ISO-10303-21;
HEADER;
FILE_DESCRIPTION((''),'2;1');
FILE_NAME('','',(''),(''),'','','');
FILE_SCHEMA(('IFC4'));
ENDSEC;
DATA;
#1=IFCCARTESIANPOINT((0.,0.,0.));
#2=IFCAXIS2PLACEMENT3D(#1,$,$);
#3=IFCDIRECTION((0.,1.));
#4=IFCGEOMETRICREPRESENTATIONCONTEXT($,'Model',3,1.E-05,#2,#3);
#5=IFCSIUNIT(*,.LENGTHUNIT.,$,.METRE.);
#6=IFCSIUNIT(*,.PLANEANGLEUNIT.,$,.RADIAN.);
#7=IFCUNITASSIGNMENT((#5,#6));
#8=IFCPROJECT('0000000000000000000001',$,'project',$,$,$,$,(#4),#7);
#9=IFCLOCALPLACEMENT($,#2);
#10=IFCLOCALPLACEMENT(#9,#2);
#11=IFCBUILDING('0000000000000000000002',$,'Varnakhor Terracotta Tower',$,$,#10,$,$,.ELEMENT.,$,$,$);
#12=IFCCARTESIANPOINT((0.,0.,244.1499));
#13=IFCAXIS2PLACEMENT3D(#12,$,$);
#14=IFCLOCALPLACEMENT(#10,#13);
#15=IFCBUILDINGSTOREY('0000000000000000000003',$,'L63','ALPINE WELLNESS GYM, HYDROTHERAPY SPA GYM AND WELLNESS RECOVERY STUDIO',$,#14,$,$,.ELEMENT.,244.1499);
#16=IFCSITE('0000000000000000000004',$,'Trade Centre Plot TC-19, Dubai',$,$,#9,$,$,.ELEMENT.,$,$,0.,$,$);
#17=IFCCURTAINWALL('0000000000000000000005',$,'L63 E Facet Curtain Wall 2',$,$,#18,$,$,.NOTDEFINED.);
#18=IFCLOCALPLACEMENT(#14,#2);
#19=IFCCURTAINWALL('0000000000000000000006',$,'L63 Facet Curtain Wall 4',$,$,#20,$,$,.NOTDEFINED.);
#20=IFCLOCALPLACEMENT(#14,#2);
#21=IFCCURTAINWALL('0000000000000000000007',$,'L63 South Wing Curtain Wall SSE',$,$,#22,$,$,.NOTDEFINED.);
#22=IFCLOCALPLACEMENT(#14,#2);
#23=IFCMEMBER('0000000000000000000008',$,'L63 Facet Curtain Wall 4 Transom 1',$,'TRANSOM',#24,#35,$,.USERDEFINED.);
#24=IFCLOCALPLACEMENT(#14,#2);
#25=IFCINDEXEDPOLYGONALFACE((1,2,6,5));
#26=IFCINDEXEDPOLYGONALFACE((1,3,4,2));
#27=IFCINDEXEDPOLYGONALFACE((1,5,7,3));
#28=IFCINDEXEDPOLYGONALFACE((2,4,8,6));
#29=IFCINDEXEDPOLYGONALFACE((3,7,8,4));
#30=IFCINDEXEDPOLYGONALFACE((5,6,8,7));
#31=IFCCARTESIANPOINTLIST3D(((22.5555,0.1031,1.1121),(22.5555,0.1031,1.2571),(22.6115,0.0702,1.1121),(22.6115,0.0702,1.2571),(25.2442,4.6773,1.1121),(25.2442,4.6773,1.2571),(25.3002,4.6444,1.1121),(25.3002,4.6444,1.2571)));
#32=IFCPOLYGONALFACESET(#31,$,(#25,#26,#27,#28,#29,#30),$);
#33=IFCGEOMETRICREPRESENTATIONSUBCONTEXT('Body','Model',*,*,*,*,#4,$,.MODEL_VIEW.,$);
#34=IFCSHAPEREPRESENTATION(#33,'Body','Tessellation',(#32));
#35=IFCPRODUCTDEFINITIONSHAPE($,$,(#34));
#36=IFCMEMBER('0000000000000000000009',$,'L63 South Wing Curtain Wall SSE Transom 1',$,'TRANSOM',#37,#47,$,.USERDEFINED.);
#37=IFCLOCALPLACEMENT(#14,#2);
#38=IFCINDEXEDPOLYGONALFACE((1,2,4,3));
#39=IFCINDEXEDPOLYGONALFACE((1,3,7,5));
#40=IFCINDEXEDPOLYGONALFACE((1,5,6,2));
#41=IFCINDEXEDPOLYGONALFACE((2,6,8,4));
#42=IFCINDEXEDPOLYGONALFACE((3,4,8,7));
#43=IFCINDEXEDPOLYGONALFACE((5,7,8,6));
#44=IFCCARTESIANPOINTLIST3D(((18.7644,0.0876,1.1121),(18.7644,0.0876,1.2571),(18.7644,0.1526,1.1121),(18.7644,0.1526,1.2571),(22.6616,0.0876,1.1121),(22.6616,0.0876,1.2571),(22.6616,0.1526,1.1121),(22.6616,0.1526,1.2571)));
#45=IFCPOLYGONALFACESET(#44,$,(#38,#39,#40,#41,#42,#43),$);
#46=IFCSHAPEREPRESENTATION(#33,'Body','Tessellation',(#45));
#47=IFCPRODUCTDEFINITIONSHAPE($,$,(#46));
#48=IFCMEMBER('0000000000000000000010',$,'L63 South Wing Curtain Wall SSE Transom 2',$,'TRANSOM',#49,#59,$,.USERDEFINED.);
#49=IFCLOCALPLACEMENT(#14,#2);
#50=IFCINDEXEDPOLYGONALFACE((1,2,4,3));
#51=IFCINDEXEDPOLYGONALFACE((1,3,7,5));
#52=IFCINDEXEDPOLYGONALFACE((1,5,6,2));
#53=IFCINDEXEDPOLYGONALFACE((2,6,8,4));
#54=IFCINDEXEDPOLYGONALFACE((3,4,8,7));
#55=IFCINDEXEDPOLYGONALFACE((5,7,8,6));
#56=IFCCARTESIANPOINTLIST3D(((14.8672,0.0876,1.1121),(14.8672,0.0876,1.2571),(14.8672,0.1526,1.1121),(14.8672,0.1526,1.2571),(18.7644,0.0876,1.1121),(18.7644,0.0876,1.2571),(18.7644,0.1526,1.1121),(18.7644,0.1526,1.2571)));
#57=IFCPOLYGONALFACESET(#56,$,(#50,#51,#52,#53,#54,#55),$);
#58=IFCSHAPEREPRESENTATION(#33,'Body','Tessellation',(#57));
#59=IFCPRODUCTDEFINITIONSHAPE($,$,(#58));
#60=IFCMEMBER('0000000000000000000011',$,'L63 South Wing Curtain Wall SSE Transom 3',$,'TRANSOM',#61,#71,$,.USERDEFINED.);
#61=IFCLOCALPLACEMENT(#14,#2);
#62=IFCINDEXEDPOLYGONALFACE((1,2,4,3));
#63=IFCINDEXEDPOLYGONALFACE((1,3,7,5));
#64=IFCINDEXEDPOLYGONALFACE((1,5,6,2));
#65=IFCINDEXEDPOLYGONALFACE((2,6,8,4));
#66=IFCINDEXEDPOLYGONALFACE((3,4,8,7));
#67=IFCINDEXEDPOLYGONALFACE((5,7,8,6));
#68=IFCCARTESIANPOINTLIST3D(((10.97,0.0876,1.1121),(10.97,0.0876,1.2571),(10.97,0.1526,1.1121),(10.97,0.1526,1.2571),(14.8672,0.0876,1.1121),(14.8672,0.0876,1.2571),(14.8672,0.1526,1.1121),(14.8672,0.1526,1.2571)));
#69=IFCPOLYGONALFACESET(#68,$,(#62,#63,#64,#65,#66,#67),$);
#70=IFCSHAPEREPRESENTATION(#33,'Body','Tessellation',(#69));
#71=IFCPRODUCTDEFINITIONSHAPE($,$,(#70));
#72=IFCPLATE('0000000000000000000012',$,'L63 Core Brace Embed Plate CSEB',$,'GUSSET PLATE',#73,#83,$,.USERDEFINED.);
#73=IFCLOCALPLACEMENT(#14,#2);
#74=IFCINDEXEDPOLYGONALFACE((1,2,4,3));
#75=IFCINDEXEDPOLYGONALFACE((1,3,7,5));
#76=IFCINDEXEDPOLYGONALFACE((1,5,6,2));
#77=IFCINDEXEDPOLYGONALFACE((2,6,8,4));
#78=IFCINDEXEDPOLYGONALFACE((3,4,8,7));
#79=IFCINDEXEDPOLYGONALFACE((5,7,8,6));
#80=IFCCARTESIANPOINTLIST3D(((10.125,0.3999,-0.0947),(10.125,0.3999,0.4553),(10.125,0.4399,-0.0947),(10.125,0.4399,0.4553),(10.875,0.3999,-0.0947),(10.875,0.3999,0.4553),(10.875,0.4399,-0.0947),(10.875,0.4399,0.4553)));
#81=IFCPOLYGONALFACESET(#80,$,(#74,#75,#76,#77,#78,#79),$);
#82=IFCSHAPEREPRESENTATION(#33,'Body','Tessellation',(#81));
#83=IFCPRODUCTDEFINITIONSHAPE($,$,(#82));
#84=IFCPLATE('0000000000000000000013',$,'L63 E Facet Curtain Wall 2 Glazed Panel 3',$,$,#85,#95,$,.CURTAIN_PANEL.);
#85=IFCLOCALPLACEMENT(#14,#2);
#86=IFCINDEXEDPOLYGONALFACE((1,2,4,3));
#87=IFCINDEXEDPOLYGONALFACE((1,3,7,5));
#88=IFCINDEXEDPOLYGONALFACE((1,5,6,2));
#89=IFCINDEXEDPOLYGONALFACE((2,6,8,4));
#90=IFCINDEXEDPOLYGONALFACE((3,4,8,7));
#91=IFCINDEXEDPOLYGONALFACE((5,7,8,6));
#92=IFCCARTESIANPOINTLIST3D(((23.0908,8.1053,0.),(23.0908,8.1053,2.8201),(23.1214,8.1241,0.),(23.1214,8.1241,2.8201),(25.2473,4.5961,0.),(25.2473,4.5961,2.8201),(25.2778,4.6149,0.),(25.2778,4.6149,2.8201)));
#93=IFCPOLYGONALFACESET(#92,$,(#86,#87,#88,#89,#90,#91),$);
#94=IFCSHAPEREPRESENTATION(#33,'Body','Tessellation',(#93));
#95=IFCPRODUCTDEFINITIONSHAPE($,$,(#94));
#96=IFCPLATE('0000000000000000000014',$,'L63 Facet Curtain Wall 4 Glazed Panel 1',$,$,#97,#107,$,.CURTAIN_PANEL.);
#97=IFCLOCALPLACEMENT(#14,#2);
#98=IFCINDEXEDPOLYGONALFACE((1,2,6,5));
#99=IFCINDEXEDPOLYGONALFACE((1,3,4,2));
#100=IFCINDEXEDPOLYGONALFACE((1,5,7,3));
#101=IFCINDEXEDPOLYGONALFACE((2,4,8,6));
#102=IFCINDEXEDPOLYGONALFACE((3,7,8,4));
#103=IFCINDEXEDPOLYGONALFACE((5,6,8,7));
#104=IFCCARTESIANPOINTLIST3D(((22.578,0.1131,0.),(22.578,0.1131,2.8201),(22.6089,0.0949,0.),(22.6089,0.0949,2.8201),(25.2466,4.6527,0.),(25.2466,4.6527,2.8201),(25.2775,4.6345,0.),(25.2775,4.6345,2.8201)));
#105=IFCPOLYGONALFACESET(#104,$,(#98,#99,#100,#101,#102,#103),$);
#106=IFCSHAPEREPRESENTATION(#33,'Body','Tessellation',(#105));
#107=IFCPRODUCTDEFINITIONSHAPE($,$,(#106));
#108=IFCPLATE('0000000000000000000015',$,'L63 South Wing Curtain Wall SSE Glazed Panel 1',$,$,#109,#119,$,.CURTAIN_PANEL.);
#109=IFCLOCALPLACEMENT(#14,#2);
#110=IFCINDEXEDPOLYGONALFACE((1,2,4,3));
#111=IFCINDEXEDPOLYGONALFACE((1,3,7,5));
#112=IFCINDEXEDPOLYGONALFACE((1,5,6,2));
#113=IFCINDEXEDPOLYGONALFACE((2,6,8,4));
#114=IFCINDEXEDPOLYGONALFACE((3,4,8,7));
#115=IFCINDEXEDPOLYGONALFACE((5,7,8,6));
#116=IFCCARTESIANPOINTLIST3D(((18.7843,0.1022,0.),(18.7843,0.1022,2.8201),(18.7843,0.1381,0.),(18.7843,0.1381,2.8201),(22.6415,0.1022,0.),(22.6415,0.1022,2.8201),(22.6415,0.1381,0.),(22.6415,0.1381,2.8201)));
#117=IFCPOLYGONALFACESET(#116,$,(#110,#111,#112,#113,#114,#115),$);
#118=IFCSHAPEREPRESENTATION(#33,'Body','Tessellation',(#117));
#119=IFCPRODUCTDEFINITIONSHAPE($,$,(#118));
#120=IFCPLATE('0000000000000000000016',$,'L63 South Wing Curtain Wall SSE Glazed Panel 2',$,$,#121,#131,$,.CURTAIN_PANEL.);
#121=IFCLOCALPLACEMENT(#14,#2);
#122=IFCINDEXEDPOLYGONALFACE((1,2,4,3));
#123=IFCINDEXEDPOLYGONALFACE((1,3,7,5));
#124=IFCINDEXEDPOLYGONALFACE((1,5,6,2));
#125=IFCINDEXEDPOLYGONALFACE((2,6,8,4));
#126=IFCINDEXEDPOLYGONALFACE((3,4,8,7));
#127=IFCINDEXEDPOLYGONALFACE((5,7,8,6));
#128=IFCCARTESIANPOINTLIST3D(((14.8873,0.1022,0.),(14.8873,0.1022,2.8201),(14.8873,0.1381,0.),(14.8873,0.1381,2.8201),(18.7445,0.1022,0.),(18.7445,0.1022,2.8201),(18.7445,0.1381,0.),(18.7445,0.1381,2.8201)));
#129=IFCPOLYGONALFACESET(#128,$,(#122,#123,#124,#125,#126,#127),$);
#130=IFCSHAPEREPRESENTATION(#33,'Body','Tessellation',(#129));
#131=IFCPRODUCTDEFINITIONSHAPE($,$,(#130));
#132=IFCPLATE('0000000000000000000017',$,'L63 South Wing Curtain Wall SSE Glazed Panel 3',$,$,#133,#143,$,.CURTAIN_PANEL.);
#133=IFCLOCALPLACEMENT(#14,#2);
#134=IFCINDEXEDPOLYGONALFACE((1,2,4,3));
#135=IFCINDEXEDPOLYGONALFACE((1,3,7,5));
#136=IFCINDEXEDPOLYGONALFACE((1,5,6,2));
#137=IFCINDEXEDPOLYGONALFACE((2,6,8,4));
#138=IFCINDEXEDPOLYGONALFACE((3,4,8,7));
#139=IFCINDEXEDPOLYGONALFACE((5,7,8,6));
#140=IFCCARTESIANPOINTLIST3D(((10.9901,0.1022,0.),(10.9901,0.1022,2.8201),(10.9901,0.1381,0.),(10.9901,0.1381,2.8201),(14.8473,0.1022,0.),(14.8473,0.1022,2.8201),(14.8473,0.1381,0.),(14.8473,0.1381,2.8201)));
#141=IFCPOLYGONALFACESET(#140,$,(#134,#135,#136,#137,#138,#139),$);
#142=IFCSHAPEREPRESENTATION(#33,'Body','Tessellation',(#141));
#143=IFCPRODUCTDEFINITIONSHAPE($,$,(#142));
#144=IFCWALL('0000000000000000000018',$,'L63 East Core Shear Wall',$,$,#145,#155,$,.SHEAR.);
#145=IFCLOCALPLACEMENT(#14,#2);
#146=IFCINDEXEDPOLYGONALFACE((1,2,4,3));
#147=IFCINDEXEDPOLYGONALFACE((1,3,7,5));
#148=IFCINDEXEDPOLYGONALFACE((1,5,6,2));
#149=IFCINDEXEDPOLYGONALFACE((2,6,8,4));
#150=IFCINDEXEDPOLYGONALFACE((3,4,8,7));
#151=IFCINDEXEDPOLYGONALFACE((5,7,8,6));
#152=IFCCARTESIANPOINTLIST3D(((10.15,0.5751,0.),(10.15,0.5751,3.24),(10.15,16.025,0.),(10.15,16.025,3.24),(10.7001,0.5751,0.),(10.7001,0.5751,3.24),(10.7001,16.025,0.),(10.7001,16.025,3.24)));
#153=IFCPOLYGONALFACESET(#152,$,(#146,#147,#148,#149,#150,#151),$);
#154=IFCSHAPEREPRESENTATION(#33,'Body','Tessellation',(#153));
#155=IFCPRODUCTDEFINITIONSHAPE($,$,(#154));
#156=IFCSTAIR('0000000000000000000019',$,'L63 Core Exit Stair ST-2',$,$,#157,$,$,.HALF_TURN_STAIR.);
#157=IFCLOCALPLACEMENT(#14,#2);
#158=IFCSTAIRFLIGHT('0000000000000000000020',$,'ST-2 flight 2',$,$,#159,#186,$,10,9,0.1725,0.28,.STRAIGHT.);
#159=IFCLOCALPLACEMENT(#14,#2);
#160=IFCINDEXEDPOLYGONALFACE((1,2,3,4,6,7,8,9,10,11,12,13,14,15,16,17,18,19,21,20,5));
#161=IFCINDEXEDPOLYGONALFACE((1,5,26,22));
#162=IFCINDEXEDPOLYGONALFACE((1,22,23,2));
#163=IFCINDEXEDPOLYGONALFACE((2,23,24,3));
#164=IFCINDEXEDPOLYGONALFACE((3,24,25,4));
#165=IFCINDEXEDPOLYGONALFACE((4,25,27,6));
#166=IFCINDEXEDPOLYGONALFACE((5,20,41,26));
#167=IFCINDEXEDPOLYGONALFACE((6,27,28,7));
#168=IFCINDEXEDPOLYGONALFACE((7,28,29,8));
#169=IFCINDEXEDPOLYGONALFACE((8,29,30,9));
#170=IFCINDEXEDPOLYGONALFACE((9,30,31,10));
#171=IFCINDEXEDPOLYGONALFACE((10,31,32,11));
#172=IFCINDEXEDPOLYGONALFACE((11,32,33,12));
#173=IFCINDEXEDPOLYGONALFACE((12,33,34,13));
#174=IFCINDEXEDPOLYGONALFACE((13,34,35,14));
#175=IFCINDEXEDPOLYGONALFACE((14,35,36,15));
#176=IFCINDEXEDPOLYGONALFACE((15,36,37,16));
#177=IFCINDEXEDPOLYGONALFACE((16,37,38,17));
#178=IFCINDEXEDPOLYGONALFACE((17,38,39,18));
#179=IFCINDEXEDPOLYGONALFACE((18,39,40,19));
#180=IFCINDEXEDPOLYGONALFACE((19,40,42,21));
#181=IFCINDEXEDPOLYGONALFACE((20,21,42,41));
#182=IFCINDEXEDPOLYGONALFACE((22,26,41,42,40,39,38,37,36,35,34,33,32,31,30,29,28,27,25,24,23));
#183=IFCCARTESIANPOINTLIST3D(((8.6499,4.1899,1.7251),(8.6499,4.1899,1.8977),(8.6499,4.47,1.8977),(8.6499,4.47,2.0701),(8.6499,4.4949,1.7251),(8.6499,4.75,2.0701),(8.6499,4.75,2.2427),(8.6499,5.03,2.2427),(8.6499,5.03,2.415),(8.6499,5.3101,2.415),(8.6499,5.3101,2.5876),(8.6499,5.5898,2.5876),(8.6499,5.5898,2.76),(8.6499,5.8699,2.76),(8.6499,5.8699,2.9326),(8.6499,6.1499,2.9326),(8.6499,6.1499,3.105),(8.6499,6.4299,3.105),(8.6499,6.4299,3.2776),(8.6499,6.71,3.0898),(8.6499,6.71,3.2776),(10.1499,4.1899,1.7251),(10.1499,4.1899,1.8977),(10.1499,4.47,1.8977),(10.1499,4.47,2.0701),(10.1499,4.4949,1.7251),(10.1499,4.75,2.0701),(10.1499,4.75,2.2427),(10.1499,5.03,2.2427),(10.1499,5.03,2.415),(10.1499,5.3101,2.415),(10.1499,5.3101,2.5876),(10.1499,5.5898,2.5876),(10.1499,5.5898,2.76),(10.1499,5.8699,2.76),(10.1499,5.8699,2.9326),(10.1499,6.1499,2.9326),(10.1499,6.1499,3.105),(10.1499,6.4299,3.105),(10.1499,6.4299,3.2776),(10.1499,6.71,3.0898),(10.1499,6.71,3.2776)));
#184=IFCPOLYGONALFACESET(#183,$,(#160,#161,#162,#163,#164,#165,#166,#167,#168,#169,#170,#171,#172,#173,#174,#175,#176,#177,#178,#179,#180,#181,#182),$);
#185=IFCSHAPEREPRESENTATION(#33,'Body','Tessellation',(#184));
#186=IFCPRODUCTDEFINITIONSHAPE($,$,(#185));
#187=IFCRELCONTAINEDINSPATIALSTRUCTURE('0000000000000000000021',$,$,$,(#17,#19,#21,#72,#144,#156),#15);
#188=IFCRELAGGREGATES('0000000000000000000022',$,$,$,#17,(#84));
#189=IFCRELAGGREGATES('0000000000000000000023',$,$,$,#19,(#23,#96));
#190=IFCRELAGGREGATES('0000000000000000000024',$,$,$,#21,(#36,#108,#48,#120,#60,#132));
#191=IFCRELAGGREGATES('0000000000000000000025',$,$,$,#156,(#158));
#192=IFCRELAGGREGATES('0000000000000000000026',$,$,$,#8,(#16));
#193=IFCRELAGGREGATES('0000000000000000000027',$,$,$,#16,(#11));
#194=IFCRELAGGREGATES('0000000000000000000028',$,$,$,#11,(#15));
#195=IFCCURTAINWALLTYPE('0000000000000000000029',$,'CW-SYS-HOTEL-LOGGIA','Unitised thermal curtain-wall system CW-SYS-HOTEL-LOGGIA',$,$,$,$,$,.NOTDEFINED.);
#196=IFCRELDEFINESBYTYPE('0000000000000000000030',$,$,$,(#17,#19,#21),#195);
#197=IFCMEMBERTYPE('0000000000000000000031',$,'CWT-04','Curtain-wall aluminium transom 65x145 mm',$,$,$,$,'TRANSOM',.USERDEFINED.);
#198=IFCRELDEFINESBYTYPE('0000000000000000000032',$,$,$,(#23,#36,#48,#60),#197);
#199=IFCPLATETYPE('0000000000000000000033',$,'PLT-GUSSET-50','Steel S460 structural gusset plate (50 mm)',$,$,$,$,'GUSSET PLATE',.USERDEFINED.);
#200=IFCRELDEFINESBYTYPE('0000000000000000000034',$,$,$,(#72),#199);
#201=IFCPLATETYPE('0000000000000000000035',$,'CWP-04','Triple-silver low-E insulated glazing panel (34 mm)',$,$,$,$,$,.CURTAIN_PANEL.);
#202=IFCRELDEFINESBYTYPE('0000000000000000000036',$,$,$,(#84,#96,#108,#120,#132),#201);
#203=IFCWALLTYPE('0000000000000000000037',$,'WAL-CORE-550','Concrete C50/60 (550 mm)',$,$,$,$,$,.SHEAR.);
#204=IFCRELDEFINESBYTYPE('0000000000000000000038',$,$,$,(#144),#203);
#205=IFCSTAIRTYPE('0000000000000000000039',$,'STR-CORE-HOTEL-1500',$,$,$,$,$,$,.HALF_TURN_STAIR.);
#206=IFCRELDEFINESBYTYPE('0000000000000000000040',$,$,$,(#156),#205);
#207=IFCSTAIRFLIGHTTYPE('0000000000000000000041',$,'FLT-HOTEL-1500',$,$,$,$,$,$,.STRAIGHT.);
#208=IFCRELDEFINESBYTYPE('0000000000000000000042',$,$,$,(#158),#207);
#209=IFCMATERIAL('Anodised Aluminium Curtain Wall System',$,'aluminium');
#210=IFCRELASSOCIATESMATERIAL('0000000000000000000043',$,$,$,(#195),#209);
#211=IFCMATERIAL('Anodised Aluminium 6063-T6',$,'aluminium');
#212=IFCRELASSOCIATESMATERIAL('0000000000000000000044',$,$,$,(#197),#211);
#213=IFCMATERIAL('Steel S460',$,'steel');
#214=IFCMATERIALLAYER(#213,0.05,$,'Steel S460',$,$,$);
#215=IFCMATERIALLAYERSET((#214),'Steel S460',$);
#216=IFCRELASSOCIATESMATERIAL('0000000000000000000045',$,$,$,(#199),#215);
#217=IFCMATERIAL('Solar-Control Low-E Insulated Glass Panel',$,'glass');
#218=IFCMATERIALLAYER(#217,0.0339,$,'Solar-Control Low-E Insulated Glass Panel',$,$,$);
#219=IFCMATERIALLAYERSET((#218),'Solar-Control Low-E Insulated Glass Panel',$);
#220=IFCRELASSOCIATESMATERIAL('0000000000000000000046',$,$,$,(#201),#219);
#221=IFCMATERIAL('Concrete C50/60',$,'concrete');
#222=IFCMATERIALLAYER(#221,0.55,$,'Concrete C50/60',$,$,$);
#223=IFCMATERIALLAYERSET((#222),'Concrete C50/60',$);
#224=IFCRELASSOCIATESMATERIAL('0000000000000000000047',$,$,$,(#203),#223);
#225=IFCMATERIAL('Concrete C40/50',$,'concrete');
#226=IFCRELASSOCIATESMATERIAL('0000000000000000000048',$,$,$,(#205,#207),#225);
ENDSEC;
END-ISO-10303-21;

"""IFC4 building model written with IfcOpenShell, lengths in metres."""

from ifc_helpers import new_model, si_unit, direction, frame, frame_2d, origin, origin_2d, place, context, subcontext, project, spatial, polyline, rectangle, outline, extrude, source, transform, mapped, material, layer, layer_set, material_profile, profile_set, type_object, type_shapes, element, aggregate, save


model = new_model("IFC4")

# Units and contexts
model_context = context("Model", 3, precision=1e-05, world=origin(), true_north=direction((0.0, 1.0)))
body_context = subcontext(model_context, "Body", "Model", "MODEL_VIEW")
ifc_project = project(units=[si_unit("LENGTHUNIT", "METRE"), si_unit("PLANEANGLEUNIT", "RADIAN")], contexts=[model_context])

# Site, building, storey
site_placement = place(None, origin())
site = spatial("IfcSite", under=ifc_project, at=site_placement, Name="Trade Centre Plot TC-19, Dubai", CompositionType="ELEMENT", RefElevation=0.0)
building_placement = place(site_placement, origin())
building = spatial("IfcBuilding", under=site, at=building_placement, Name="Varnakhor Terracotta Tower", CompositionType="ELEMENT")
storey_placement = place(building_placement, frame((0.0, 0.0, 244.1499)))
storey = spatial("IfcBuildingStorey", under=building, at=storey_placement, Name="L63", Description="ALPINE WELLNESS GYM, HYDROTHERAPY SPA GYM AND WELLNESS RECOVERY STUDIO", CompositionType="ELEMENT", Elevation=244.1499)

# Shared definitions
ifc_material_1 = material(Name="Concrete C50/60", Category="concrete")
ifc_material_2 = material(Name="Steel S460", Category="steel")

# Curtain walls
ifc_material_3 = material(Name="Anodised Aluminium Curtain Wall System", Category="aluminium")
curtain_wall_type = type_object("IfcCurtainWallType", Name="CW-SYS-HOTEL-LOGGIA", Description="Unitised thermal curtain-wall system CW-SYS-HOTEL-LOGGIA", PredefinedType="NOTDEFINED", material=ifc_material_3)
curtain_wall_1_placement = place(storey_placement, origin())
curtain_wall_1 = element("IfcCurtainWall", 1, at=curtain_wall_1_placement, inside=storey, type_object=curtain_wall_type, Name="L63 E Facet Curtain Wall 2", PredefinedType="NOTDEFINED")
ifc_material_4 = material(Name="Anodised Aluminium 6063-T6", Category="aluminium")
curtain_wall_2_placement = place(storey_placement, origin())
curtain_wall_2 = element("IfcCurtainWall", 2, at=curtain_wall_2_placement, inside=storey, type_object=curtain_wall_type, Name="L63 Facet Curtain Wall 4", PredefinedType="NOTDEFINED")

# Curtain wall
curtain_wall_3_placement = place(storey_placement, origin())
curtain_wall_3 = element("IfcCurtainWall", 3, at=curtain_wall_3_placement, inside=storey, type_object=curtain_wall_type, Name="L63 South Wing Curtain Wall SSE", PredefinedType="NOTDEFINED")

# Members
ifc_material_profile_1 = material_profile(ifc_material_4, rectangle(XDim=0.0649, YDim=0.145, at=origin_2d()), Name="ALU TRANSOM 65x145")
ifc_profile_set_1 = profile_set([ifc_material_profile_1], Name="Anodised Aluminium 6063-T6")
member_type_1 = type_object("IfcMemberType", Name="CWT-04", Description="Curtain-wall aluminium transom 65x145 mm", ElementType="TRANSOM", PredefinedType="USERDEFINED", material=ifc_profile_set_1)
shared_shape_1 = source(origin(), body_context, "Body", "SweptSolid", [
    extrude(rectangle(XDim=0.0649, YDim=0.145, at=origin_2d()), origin(), (0.0, 0.0, 1.0), 5.3059),
])
member_1_placement = place(storey_placement, frame((25.2722, 4.6609, 1.1846), z_axis=(-0.506741, -0.862099, 0.0), x_axis=(0.862099, -0.506741, 0.0)))
member_1 = element("IfcMember", 4, at=member_1_placement, type_object=member_type_1, Name="L63 Facet Curtain Wall 4 Transom 1", ObjectType="TRANSOM", PredefinedType="USERDEFINED", context=body_context, shape_type="MappedRepresentation", body=[
    mapped(shared_shape_1, transform((0.0, 0.0, 0.0), scale=1.0)),
])
shared_shape_2 = source(origin(), body_context, "Body", "SweptSolid", [
    extrude(rectangle(XDim=0.0649, YDim=0.145, at=origin_2d()), origin(), (0.0, 0.0, 1.0), 3.8972),
])
member_2_placement = place(storey_placement, frame((22.6616, 0.1201, 1.1846), z_axis=(-1.0, 0.0, 0.0), x_axis=(0.0, -1.0, 0.0)))
member_2 = element("IfcMember", 5, at=member_2_placement, type_object=member_type_1, Name="L63 South Wing Curtain Wall SSE Transom 1", ObjectType="TRANSOM", PredefinedType="USERDEFINED", context=body_context, shape_type="MappedRepresentation", body=[
    mapped(shared_shape_2, transform((0.0, 0.0, 0.0), scale=1.0)),
])
member_3_placement = place(storey_placement, frame((18.7644, 0.1201, 1.1846), z_axis=(-1.0, 0.0, 0.0), x_axis=(0.0, -1.0, 0.0)))
member_3 = element("IfcMember", 6, at=member_3_placement, type_object=member_type_1, Name="L63 South Wing Curtain Wall SSE Transom 2", ObjectType="TRANSOM", PredefinedType="USERDEFINED", context=body_context, shape_type="MappedRepresentation", body=[
    mapped(shared_shape_2, transform((0.0, 0.0, 0.0), scale=1.0)),
])
member_4_placement = place(storey_placement, frame((14.8672, 0.1201, 1.1846), z_axis=(-1.0, 0.0, 0.0), x_axis=(0.0, -1.0, 0.0)))
member_4 = element("IfcMember", 7, at=member_4_placement, type_object=member_type_1, Name="L63 South Wing Curtain Wall SSE Transom 3", ObjectType="TRANSOM", PredefinedType="USERDEFINED", context=body_context, shape_type="MappedRepresentation", body=[
    mapped(shared_shape_2, transform((0.0, 0.0, 0.0), scale=1.0)),
])

# Plates
ifc_layer_1 = layer(ifc_material_2, 0.05, Name="Steel S460")
ifc_layer_set_1 = layer_set([ifc_layer_1], Name="Steel S460")
plate_type_1 = type_object("IfcPlateType", Name="PLT-GUSSET-50", Description="Steel S460 structural gusset plate (50 mm)", ElementType="GUSSET PLATE", PredefinedType="USERDEFINED", material=ifc_layer_set_1)
shared_shape_3 = source(origin(), body_context, "Body", "SweptSolid", [
    extrude(rectangle(XDim=0.75, YDim=0.04, at=origin_2d()), origin(), (0.0, 0.0, 1.0), 0.55),
])
type_shapes(plate_type_1, [shared_shape_3])
plate_1_placement = place(storey_placement, frame((10.5, 0.4199, -0.0947), z_axis=(0.0, 0.0, 1.0), x_axis=(1.0, 0.0, 0.0)))
element("IfcPlate", 8, at=plate_1_placement, inside=storey, type_object=plate_type_1, Name="L63 Core Brace Embed Plate CSEB", ObjectType="GUSSET PLATE", PredefinedType="USERDEFINED", context=body_context, shape_type="MappedRepresentation", body=[
    mapped(shared_shape_3, transform((0.0, 0.0, 0.0), scale=1.0)),
])
ifc_material_5 = material(Name="Solar-Control Low-E Insulated Glass Panel", Category="glass")
ifc_layer_2 = layer(ifc_material_5, 0.0339, Name="Solar-Control Low-E Insulated Glass Panel")
ifc_layer_set_2 = layer_set([ifc_layer_2], Name="Solar-Control Low-E Insulated Glass Panel")
plate_type_2 = type_object("IfcPlateType", Name="CWP-04", Description="Triple-silver low-E insulated glazing panel (34 mm)", PredefinedType="CURTAIN_PANEL", material=ifc_layer_set_2)
shared_shape_4 = source(origin(), body_context, "Body", "SweptSolid", [
    extrude(rectangle(XDim=4.1189, YDim=0.0359, at=origin_2d()), origin(), (0.0, 0.0, 1.0), 2.8201),
])
plate_2_placement = place(storey_placement, frame((24.1843, 6.3601, 0.0), z_axis=(0.0, 0.0, 1.0), x_axis=(0.523555, -0.851992, 0.0)))
plate_2 = element("IfcPlate", 9, at=plate_2_placement, type_object=plate_type_2, Name="L63 E Facet Curtain Wall 2 Glazed Panel 3", PredefinedType="CURTAIN_PANEL", context=body_context, shape_type="MappedRepresentation", body=[
    mapped(shared_shape_4, transform((0.0, 0.0, 0.0), scale=1.0)),
])
aggregate(curtain_wall_1, [plate_2])
shared_shape_5 = source(origin(), body_context, "Body", "SweptSolid", [
    extrude(rectangle(XDim=5.2659, YDim=0.0359, at=origin_2d()), origin(), (0.0, 0.0, 1.0), 2.8201),
])
plate_3_placement = place(storey_placement, frame((23.9277, 2.3738, 0.0), z_axis=(0.0, 0.0, 1.0), x_axis=(-0.506771, -0.862081, 0.0)))
plate_3 = element("IfcPlate", 10, at=plate_3_placement, type_object=plate_type_2, Name="L63 Facet Curtain Wall 4 Glazed Panel 1", PredefinedType="CURTAIN_PANEL", context=body_context, shape_type="MappedRepresentation", body=[
    mapped(shared_shape_5, transform((0.0, 0.0, 0.0), scale=1.0)),
])
aggregate(curtain_wall_2, [member_1, plate_3])
shared_shape_6 = source(origin(), body_context, "Body", "SweptSolid", [
    extrude(rectangle(XDim=3.8572, YDim=0.0359, at=origin_2d()), origin(), (0.0, 0.0, 1.0), 2.8201),
])
plate_4_placement = place(storey_placement, frame((20.7129, 0.1201, 0.0), z_axis=(0.0, 0.0, 1.0), x_axis=(-1.0, 0.0, 0.0)))
plate_4 = element("IfcPlate", 11, at=plate_4_placement, type_object=plate_type_2, Name="L63 South Wing Curtain Wall SSE Glazed Panel 1", PredefinedType="CURTAIN_PANEL", context=body_context, shape_type="MappedRepresentation", body=[
    mapped(shared_shape_6, transform((0.0, 0.0, 0.0), scale=1.0)),
])
plate_5_placement = place(storey_placement, frame((16.8159, 0.1201, 0.0), z_axis=(0.0, 0.0, 1.0), x_axis=(-1.0, 0.0, 0.0)))
plate_5 = element("IfcPlate", 12, at=plate_5_placement, type_object=plate_type_2, Name="L63 South Wing Curtain Wall SSE Glazed Panel 2", PredefinedType="CURTAIN_PANEL", context=body_context, shape_type="MappedRepresentation", body=[
    mapped(shared_shape_6, transform((0.0, 0.0, 0.0), scale=1.0)),
])
plate_6_placement = place(storey_placement, frame((12.9187, 0.1201, 0.0), z_axis=(0.0, 0.0, 1.0), x_axis=(-1.0, 0.0, 0.0)))
plate_6 = element("IfcPlate", 13, at=plate_6_placement, type_object=plate_type_2, Name="L63 South Wing Curtain Wall SSE Glazed Panel 3", PredefinedType="CURTAIN_PANEL", context=body_context, shape_type="MappedRepresentation", body=[
    mapped(shared_shape_6, transform((0.0, 0.0, 0.0), scale=1.0)),
])
aggregate(curtain_wall_3, [member_2, plate_4, member_3, plate_5, member_4, plate_6])

# Wall
ifc_layer_3 = layer(ifc_material_1, 0.55, Name="Concrete C50/60")
ifc_layer_set_3 = layer_set([ifc_layer_3], Name="Concrete C50/60")
wall_type = type_object("IfcWallType", Name="WAL-CORE-550", Description="Concrete C50/60 (550 mm)", PredefinedType="SHEAR", material=ifc_layer_set_3)
wall_placement = place(storey_placement, frame((10.425, 0.575, 0.0), z_axis=(0.0, 0.0, 1.0), x_axis=(0.0, 1.0, 0.0)))
element("IfcWall", 14, at=wall_placement, inside=storey, type_object=wall_type, Name="L63 East Core Shear Wall", PredefinedType="SHEAR", context=body_context, shape_type="SweptSolid", body=[
    extrude(rectangle(XDim=15.45, YDim=0.55, at=frame_2d((7.7251, 0.0))), origin(), (0.0, 0.0, 1.0), 3.24),
])

# Stair, stair flight
ifc_material_6 = material(Name="Concrete C40/50", Category="concrete")
stair_type = type_object("IfcStairType", Name="STR-CORE-HOTEL-1500", PredefinedType="HALF_TURN_STAIR", material=ifc_material_6)
stair_placement = place(storey_placement, origin())
stair = element("IfcStair", 15, at=stair_placement, inside=storey, type_object=stair_type, Name="L63 Core Exit Stair ST-2", PredefinedType="HALF_TURN_STAIR")
stair_flight_type = type_object("IfcStairFlightType", Name="FLT-HOTEL-1500", PredefinedType="STRAIGHT", material=ifc_material_6)
stair_flight_placement = place(storey_placement, frame((9.3999, 4.1899, 1.7251), z_axis=(0.0, 0.0, 1.0), x_axis=(0.0, 1.0, 0.0)))
stair_flight = element("IfcStairFlight", 16, at=stair_flight_placement, type_object=stair_flight_type, Name="ST-2 flight 2", NumberOfRisers=10, NumberOfTreads=9, PredefinedType="STRAIGHT", RiserHeight=0.1725, TreadLength=0.28, context=body_context, shape_type="SweptSolid", body=[
    extrude(outline(polyline([(0.0, 0.0), (0.0, 0.1726), (0.28, 0.1726), (0.28, 0.345), (0.5601, 0.345), (0.5601, 0.5176), (0.8401, 0.5176), (0.8401, 0.6899), (1.1201, 0.6899), (1.1201, 0.8625), (1.3999, 0.8625), (1.3999, 1.0349), (1.6799, 1.0349), (1.6799, 1.2075), (1.96, 1.2075), (1.96, 1.3799), (2.24, 1.3799), (2.24, 1.5525), (2.52, 1.5525), (2.52, 1.7251), (2.52, 1.3647), (0.3049, 0.0), (0.0, 0.0)])), frame((0.0, 0.75, 0.0), z_axis=(0.0, -1.0, 0.0), x_axis=(1.0, 0.0, 0.0)), (0.0, 0.0, 1.0), 1.5),
])
aggregate(stair, [stair_flight])

save(model, "model.ifc")
